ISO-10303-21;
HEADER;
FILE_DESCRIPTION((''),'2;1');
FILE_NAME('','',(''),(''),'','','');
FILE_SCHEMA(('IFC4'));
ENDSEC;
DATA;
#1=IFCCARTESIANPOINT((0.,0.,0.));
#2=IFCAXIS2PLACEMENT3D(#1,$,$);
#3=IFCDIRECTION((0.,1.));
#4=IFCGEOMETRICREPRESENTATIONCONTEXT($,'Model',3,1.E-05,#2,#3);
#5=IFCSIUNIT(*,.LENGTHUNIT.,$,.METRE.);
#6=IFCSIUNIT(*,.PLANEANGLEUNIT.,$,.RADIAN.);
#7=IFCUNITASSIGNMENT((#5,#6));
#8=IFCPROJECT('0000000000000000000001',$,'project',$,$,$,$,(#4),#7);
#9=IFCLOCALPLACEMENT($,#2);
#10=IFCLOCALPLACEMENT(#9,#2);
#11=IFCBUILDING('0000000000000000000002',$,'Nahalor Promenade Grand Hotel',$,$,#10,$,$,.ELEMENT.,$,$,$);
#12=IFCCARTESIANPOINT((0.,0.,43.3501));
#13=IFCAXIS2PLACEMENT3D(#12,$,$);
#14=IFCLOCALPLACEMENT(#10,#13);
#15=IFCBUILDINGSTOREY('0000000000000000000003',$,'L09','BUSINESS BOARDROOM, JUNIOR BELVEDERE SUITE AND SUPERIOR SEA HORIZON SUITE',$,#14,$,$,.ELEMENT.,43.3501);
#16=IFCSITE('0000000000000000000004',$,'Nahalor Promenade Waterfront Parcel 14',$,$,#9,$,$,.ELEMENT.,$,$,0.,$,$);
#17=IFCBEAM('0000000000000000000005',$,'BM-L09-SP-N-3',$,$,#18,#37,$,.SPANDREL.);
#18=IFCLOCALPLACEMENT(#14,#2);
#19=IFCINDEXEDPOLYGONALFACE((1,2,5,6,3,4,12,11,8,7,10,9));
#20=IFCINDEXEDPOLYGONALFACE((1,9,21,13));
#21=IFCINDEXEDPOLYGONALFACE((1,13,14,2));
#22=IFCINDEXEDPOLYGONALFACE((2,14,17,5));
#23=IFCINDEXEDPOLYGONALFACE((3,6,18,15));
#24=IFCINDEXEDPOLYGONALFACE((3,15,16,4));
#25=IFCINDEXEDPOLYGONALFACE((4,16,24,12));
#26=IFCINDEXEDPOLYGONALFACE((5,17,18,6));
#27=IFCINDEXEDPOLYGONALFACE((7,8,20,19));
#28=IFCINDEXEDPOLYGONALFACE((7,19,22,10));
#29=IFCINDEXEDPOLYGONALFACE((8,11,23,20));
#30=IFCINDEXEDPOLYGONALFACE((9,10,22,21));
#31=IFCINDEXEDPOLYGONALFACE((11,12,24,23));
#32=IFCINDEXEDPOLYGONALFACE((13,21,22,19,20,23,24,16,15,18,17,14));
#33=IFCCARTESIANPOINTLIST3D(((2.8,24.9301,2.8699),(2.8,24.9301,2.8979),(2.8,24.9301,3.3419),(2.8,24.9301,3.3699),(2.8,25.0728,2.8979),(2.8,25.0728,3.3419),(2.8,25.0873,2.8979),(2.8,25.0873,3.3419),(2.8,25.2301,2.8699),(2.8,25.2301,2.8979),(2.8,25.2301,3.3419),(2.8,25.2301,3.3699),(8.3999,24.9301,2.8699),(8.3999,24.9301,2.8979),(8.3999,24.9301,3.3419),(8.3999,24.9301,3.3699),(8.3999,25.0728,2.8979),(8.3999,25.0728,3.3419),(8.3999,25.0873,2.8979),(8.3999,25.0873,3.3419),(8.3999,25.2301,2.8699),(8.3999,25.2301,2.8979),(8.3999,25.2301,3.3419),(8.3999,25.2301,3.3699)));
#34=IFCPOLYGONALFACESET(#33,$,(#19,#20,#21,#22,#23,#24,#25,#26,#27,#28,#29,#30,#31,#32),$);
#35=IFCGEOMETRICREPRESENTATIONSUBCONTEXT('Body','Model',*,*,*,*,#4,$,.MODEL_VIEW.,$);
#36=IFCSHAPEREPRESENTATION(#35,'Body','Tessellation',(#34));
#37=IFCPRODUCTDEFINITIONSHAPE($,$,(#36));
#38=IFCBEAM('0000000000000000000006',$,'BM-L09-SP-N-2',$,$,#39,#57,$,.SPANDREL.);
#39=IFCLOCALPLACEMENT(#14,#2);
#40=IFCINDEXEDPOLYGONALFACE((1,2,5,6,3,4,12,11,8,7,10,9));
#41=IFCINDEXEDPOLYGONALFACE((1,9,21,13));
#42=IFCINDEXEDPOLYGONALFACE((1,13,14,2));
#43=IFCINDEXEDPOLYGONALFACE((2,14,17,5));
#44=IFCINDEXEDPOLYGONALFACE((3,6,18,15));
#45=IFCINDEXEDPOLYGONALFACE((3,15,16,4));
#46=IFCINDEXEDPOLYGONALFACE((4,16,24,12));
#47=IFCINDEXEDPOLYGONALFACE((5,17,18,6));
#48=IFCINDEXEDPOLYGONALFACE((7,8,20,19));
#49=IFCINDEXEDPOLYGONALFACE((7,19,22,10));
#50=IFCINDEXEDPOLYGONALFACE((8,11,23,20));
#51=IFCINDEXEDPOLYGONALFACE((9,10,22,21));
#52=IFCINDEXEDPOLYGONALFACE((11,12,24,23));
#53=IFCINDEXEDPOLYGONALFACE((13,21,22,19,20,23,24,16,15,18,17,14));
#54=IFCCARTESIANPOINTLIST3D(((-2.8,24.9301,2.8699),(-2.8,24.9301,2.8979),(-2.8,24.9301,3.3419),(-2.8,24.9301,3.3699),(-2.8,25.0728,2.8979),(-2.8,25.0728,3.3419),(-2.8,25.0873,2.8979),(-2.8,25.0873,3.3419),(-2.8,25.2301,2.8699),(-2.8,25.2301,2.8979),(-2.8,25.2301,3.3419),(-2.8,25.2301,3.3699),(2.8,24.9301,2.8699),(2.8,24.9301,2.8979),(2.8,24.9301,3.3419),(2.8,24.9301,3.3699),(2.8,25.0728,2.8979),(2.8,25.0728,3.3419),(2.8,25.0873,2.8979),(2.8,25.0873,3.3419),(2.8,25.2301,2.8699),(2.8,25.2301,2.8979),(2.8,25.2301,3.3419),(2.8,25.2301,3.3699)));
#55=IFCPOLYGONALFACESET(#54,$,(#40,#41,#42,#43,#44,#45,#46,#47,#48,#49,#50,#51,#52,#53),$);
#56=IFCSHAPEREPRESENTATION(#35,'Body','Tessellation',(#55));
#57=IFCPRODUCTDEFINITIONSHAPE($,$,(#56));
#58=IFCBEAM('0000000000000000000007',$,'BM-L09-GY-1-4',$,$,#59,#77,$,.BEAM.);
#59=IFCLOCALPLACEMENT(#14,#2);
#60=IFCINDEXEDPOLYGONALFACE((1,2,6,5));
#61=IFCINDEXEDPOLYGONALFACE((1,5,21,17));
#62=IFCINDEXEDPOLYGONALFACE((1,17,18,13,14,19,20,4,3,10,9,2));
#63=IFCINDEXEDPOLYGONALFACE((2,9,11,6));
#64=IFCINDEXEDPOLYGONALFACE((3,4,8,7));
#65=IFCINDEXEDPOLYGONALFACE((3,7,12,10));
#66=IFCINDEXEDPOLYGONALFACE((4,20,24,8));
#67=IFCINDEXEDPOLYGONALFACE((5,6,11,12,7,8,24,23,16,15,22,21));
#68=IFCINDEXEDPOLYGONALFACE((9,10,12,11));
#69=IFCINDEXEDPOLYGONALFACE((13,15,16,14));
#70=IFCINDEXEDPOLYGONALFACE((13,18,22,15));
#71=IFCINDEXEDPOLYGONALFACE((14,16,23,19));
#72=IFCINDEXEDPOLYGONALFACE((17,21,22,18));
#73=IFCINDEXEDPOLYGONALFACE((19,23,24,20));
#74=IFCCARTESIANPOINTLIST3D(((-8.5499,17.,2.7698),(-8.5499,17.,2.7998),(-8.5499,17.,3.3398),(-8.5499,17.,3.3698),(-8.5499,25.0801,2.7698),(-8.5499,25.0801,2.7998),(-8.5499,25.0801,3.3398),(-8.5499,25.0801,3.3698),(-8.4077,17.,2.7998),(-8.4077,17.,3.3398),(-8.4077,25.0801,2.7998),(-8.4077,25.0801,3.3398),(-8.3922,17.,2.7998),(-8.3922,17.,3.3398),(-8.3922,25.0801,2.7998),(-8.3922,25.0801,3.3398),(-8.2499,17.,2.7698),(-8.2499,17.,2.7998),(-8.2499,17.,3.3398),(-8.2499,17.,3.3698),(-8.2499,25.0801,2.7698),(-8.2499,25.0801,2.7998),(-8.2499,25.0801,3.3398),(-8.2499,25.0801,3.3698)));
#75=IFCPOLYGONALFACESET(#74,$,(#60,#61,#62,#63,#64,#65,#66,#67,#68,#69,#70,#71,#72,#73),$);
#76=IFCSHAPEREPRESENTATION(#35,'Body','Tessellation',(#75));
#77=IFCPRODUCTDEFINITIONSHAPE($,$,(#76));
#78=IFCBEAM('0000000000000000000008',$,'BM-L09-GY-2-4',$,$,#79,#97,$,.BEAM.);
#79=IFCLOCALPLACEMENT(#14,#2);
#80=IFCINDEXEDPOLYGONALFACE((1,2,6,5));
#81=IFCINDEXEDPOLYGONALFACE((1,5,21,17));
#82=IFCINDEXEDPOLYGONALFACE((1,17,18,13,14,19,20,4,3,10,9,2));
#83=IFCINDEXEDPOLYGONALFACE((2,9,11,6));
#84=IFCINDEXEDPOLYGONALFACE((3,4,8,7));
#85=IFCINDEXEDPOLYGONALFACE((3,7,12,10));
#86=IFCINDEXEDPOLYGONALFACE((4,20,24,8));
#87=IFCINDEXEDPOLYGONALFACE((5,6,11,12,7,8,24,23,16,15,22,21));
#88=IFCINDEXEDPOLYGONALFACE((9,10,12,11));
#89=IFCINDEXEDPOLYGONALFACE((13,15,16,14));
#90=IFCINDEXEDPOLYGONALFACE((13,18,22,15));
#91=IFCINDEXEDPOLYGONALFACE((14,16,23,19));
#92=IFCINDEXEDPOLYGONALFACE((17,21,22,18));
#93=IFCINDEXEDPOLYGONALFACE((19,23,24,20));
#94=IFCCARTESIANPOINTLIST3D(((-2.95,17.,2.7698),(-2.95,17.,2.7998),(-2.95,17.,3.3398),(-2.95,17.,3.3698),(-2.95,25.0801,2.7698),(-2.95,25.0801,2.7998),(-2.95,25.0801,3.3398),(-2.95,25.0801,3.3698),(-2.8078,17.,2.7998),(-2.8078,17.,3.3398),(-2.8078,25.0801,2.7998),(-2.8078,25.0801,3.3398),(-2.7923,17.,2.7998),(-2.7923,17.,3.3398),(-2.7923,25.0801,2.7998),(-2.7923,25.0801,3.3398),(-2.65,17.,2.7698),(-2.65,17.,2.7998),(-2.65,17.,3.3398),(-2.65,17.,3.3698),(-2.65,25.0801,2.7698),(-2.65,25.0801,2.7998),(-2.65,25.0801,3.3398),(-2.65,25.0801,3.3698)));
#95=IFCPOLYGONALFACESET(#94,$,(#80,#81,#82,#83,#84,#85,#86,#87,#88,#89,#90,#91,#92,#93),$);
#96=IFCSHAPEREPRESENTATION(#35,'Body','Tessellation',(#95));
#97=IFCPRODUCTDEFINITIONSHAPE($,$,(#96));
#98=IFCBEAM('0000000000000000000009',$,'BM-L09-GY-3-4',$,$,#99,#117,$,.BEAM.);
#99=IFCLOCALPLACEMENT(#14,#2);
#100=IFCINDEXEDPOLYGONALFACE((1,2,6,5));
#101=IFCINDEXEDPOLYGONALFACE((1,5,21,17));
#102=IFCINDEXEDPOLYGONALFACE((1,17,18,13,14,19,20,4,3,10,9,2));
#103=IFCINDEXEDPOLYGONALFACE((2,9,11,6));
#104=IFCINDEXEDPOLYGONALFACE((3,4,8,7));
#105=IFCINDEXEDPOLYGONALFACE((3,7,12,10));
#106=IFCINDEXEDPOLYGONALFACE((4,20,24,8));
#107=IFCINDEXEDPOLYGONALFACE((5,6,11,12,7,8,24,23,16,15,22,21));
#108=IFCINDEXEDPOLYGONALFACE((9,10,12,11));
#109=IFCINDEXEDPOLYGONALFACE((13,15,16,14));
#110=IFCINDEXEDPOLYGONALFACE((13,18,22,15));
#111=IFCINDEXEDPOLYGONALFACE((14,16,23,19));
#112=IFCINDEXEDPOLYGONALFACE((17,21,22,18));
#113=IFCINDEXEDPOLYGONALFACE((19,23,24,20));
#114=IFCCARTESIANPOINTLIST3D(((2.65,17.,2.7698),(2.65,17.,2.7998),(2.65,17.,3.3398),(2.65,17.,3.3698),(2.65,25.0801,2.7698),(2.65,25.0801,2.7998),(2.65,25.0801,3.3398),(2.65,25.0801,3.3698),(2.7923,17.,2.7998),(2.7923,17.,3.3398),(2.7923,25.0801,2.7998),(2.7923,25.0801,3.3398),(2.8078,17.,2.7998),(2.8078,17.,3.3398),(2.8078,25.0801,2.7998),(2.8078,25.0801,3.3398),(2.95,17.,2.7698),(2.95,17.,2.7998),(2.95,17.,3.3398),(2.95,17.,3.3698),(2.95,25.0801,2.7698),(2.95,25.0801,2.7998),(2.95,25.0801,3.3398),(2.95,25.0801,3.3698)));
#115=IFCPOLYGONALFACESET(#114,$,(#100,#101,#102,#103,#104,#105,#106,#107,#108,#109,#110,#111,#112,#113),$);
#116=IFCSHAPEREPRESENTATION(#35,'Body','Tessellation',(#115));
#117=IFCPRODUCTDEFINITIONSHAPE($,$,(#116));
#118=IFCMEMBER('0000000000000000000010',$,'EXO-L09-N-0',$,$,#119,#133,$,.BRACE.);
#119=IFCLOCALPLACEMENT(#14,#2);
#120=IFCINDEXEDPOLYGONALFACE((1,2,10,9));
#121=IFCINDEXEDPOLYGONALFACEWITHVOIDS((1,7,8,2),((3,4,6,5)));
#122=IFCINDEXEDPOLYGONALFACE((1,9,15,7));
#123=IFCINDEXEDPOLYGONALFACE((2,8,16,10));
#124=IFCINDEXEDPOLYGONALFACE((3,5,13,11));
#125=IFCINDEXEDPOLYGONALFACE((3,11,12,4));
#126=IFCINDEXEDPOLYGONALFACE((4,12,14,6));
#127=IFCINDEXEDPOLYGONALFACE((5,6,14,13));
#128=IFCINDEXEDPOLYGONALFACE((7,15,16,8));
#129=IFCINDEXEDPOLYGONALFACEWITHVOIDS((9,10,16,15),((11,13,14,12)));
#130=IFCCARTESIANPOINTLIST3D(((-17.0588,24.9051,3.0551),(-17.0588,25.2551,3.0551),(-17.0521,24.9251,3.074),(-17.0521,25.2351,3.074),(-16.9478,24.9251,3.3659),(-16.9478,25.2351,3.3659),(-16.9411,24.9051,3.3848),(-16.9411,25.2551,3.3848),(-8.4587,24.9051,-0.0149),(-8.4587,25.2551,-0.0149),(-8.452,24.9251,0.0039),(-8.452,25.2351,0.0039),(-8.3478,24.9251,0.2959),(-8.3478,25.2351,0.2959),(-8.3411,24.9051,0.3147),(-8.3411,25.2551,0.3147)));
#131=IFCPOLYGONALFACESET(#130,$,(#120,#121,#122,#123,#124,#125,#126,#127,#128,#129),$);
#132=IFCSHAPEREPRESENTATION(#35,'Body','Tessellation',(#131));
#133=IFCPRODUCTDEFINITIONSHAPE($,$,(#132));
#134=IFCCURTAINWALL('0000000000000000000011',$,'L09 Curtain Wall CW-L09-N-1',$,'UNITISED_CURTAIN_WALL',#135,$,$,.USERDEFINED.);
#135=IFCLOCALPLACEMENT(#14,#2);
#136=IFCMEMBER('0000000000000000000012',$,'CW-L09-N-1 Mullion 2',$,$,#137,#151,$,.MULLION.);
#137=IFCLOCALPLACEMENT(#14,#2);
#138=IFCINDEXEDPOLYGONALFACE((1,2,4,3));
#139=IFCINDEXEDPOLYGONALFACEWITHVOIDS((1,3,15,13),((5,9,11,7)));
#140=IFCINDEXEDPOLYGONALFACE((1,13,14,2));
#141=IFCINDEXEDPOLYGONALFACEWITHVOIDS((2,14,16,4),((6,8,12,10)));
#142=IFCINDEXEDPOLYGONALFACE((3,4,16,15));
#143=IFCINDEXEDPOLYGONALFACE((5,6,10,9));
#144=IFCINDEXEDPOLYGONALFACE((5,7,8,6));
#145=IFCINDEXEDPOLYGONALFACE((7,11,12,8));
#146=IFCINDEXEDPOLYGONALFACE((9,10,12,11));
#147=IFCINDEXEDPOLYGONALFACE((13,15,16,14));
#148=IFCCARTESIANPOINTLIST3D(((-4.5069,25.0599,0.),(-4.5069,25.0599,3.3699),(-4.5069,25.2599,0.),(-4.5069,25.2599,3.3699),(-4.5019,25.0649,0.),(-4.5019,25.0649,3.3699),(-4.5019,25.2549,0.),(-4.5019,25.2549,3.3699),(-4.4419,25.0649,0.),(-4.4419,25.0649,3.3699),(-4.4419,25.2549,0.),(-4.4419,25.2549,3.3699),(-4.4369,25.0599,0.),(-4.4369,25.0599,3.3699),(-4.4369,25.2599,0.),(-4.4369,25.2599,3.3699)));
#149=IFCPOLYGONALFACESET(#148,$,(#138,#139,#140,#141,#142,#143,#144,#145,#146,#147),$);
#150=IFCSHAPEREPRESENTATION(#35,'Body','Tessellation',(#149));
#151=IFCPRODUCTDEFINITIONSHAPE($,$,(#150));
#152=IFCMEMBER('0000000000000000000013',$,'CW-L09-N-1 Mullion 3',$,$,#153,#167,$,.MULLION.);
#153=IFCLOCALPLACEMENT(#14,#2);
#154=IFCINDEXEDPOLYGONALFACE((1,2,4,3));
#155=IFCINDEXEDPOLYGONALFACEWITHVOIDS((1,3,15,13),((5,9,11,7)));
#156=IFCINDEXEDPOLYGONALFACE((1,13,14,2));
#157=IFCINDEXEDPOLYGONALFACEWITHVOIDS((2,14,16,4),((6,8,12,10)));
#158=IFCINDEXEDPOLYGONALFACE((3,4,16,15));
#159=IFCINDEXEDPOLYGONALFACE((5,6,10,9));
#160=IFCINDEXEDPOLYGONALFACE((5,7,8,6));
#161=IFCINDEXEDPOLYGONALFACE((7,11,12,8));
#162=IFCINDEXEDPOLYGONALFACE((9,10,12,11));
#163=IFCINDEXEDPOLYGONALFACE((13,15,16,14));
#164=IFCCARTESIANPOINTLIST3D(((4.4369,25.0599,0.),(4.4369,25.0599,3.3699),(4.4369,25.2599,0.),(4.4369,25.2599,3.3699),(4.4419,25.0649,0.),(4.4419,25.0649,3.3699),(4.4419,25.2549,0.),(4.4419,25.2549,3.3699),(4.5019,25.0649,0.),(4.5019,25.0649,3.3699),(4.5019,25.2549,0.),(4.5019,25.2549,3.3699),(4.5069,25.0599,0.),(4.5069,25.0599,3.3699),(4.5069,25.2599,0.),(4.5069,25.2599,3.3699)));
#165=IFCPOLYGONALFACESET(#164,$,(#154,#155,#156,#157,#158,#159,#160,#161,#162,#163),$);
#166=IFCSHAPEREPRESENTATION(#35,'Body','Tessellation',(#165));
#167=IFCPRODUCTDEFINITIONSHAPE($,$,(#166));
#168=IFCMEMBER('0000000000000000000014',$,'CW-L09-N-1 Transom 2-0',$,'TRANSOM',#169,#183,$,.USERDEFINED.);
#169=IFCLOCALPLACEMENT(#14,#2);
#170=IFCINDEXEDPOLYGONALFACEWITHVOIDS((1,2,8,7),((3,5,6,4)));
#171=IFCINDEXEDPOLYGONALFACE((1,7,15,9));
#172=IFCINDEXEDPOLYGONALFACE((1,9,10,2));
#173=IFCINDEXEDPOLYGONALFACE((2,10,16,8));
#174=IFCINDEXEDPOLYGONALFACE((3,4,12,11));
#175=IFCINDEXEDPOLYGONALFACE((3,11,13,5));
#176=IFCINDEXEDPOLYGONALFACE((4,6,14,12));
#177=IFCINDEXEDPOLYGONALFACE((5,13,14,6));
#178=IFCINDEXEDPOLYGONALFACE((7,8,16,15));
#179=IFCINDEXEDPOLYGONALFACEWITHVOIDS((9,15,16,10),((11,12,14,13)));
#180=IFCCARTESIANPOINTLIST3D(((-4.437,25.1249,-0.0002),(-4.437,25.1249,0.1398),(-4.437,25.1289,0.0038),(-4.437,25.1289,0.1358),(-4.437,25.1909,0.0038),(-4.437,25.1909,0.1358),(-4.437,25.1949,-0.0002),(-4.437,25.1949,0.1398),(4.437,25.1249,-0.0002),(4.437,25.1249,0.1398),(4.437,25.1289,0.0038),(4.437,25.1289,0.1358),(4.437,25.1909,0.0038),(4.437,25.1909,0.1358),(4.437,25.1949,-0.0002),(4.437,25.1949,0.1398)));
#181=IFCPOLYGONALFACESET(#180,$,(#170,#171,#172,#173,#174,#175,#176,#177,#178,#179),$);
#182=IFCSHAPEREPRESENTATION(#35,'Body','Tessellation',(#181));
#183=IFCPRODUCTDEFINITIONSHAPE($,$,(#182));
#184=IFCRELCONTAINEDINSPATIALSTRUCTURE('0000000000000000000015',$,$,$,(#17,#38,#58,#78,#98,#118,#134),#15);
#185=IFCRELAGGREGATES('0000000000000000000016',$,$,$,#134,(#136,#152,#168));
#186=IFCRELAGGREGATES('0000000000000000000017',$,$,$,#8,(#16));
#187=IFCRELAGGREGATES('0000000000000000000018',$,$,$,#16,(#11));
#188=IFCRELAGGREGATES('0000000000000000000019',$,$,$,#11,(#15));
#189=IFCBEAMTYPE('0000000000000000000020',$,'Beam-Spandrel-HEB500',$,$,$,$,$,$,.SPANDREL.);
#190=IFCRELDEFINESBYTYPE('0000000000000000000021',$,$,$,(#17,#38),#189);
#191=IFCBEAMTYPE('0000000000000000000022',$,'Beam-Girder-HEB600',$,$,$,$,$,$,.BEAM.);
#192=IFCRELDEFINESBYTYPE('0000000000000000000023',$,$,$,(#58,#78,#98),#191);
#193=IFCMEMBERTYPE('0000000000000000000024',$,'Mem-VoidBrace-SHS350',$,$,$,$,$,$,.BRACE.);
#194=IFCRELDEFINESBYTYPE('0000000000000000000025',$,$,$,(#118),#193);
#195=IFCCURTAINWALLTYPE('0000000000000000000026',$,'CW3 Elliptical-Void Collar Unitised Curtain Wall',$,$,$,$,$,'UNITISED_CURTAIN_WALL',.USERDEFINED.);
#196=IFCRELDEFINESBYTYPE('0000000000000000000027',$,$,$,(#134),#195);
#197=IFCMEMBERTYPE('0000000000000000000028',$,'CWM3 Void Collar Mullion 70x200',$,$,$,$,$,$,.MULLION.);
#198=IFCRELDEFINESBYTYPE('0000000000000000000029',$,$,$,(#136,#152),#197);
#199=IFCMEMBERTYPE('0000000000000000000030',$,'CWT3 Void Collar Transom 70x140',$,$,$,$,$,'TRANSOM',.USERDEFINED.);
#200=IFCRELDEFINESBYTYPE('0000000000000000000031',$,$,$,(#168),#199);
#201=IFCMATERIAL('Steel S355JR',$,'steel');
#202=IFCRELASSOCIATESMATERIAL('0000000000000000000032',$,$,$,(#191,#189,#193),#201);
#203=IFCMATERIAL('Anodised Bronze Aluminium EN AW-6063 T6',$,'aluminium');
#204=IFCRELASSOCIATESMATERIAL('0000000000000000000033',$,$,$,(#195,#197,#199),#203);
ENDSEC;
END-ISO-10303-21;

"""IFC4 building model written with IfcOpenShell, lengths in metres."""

from ifc_helpers import new_model, si_unit, direction, frame, origin, origin_2d, place, context, subcontext, project, spatial, hollow_rectangle, i_section, extrude, source, transform, mapped, material, material_profile, profile_set, type_object, element, aggregate, save


model = new_model("IFC4")

# Units and contexts
model_context = context("Model", 3, precision=1e-05, world=origin(), true_north=direction((0.0, 1.0)))
body_context = subcontext(model_context, "Body", "Model", "MODEL_VIEW")
ifc_project = project(units=[si_unit("LENGTHUNIT", "METRE"), si_unit("PLANEANGLEUNIT", "RADIAN")], contexts=[model_context])

# Site, building, storey
site_placement = place(None, origin())
site = spatial("IfcSite", under=ifc_project, at=site_placement, Name="Nahalor Promenade Waterfront Parcel 14", CompositionType="ELEMENT", RefElevation=0.0)
building_placement = place(site_placement, origin())
building = spatial("IfcBuilding", under=site, at=building_placement, Name="Nahalor Promenade Grand Hotel", CompositionType="ELEMENT")
storey_placement = place(building_placement, frame((0.0, 0.0, 43.3501)))
storey = spatial("IfcBuildingStorey", under=building, at=storey_placement, Name="L09", Description="BUSINESS BOARDROOM, JUNIOR BELVEDERE SUITE AND SUPERIOR SEA HORIZON SUITE", CompositionType="ELEMENT", Elevation=43.3501)

# Beams
ifc_material_1 = material(Name="Steel S355JR", Category="steel")
ifc_material_profile_1 = material_profile(ifc_material_1, i_section(OverallWidth=0.3, OverallDepth=0.6, WebThickness=0.0155, FlangeThickness=0.03, at=origin_2d()), Name="HEB 600")
ifc_profile_set_1 = profile_set([ifc_material_profile_1], Name="Steel S355JR")
beam_type_1 = type_object("IfcBeamType", Name="Beam-Girder-HEB600", PredefinedType="BEAM", material=ifc_profile_set_1)
ifc_material_profile_2 = material_profile(ifc_material_1, i_section(OverallWidth=0.3, OverallDepth=0.5, WebThickness=0.0145, FlangeThickness=0.028, at=origin_2d()), Name="HEB 500")
ifc_profile_set_2 = profile_set([ifc_material_profile_2], Name="Steel S355JR")
beam_type_2 = type_object("IfcBeamType", Name="Beam-Spandrel-HEB500", PredefinedType="SPANDREL", material=ifc_profile_set_2)
shared_shape_1 = source(origin(), body_context, "Body", "SweptSolid", [
    extrude(i_section(OverallWidth=0.3, OverallDepth=0.5, WebThickness=0.0145, FlangeThickness=0.028, at=origin_2d()), origin(), (0.0, 0.0, 1.0), 5.5999),
])
for number, where, z_axis, x_axis, name in (
    (1, (2.8, 25.0801, 3.1199), (1.0, 0.0, 0.0), (0.0, 1.0, 0.0), "BM-L09-SP-N-3"),
):
    element("IfcBeam", number, at=place(storey_placement, frame(where, z_axis=z_axis, x_axis=x_axis)), inside=storey, type_object=beam_type_2, Name=name, PredefinedType="SPANDREL", context=body_context, shape_type="MappedRepresentation", body=[
        mapped(shared_shape_1, transform((0.0, 0.0, 0.0), scale=1.0)),
    ])
shared_shape_2 = source(origin(), body_context, "Body", "SweptSolid", [
    extrude(i_section(OverallWidth=0.3, OverallDepth=0.5, WebThickness=0.0145, FlangeThickness=0.028, at=origin_2d()), origin(), (0.0, 0.0, 1.0), 5.6001),
])
beam_1_placement = place(storey_placement, frame((-2.8, 25.0801, 3.1199), z_axis=(1.0, 0.0, 0.0), x_axis=(0.0, 1.0, 0.0)))
element("IfcBeam", 2, at=beam_1_placement, inside=storey, type_object=beam_type_2, Name="BM-L09-SP-N-2", PredefinedType="SPANDREL", context=body_context, shape_type="MappedRepresentation", body=[
    mapped(shared_shape_2, transform((0.0, 0.0, 0.0), scale=1.0)),
])
shared_shape_3 = source(origin(), body_context, "Body", "SweptSolid", [
    extrude(i_section(OverallWidth=0.3, OverallDepth=0.6, WebThickness=0.0155, FlangeThickness=0.03, at=origin_2d()), origin(), (0.0, 0.0, 1.0), 8.0801),
])
for number, where, z_axis, x_axis, name in (
    (3, (-8.3999, 17.0, 3.0698), (0.0, 1.0, 0.0), (-1.0, 0.0, 0.0), "BM-L09-GY-1-4"),
    (4, (-2.8, 17.0, 3.0698), (0.0, 1.0, 0.0), (-1.0, 0.0, 0.0), "BM-L09-GY-2-4"),
    (5, (2.8, 17.0, 3.0698), (0.0, 1.0, 0.0), (-1.0, 0.0, 0.0), "BM-L09-GY-3-4"),
):
    element("IfcBeam", number, at=place(storey_placement, frame(where, z_axis=z_axis, x_axis=x_axis)), inside=storey, type_object=beam_type_1, Name=name, PredefinedType="BEAM", context=body_context, shape_type="MappedRepresentation", body=[
        mapped(shared_shape_3, transform((0.0, 0.0, 0.0), scale=1.0)),
    ])

# Member
ifc_material_profile_3 = material_profile(ifc_material_1, hollow_rectangle(XDim=0.35, YDim=0.35, WallThickness=0.02, at=origin_2d()), Name="SHS 350x350x20")
ifc_profile_set_3 = profile_set([ifc_material_profile_3], Name="Steel S355JR")
member_type_1 = type_object("IfcMemberType", Name="Mem-VoidBrace-SHS350", PredefinedType="BRACE", material=ifc_profile_set_3)
shared_shape_4 = source(origin(), body_context, "Body", "SweptSolid", [
    extrude(hollow_rectangle(XDim=0.35, YDim=0.35, WallThickness=0.02, at=origin_2d()), origin(), (0.0, 0.0, 1.0), 9.1316),
])
member_1_placement = place(storey_placement, frame((-8.3999, 25.0801, 0.1499), z_axis=(-0.94179, 0.0, 0.336201), x_axis=(0.0, -1.0, 0.0)))
element("IfcMember", 6, at=member_1_placement, inside=storey, type_object=member_type_1, Name="EXO-L09-N-0", PredefinedType="BRACE", context=body_context, shape_type="MappedRepresentation", body=[
    mapped(shared_shape_4, transform((0.0, 0.0, 0.0), scale=1.0)),
])

# Curtain wall, members
ifc_material_2 = material(Name="Anodised Bronze Aluminium EN AW-6063 T6", Category="aluminium")
curtain_wall_type = type_object("IfcCurtainWallType", Name="CW3 Elliptical-Void Collar Unitised Curtain Wall", ElementType="UNITISED_CURTAIN_WALL", PredefinedType="USERDEFINED", material=ifc_material_2)
curtain_wall_placement = place(storey_placement, origin())
curtain_wall = element("IfcCurtainWall", 7, at=curtain_wall_placement, inside=storey, type_object=curtain_wall_type, Name="L09 Curtain Wall CW-L09-N-1", ObjectType="UNITISED_CURTAIN_WALL", PredefinedType="USERDEFINED")
ifc_material_profile_4 = material_profile(ifc_material_2, hollow_rectangle(XDim=0.07, YDim=0.2, WallThickness=0.005, at=origin_2d()), Name="CWM 70x200x5")
ifc_profile_set_4 = profile_set([ifc_material_profile_4], Name="Anodised Bronze Aluminium EN AW-6063 T6")
member_type_2 = type_object("IfcMemberType", Name="CWM3 Void Collar Mullion 70x200", PredefinedType="MULLION", material=ifc_profile_set_4)
shared_shape_5 = source(origin(), body_context, "Body", "SweptSolid", [
    extrude(hollow_rectangle(XDim=0.07, YDim=0.2, WallThickness=0.005, at=origin_2d()), origin(), (0.0, 0.0, 1.0), 3.3699),
])
member_2_placement = place(storey_placement, frame((-4.4719, 25.1599, 0.0), z_axis=(0.0, 0.0, 1.0), x_axis=(1.0, 0.0, 0.0)))
member_2 = element("IfcMember", 8, at=member_2_placement, type_object=member_type_2, Name="CW-L09-N-1 Mullion 2", PredefinedType="MULLION", context=body_context, shape_type="MappedRepresentation", body=[
    mapped(shared_shape_5, transform((0.0, 0.0, 0.0), scale=1.0)),
])
member_3_placement = place(storey_placement, frame((4.4719, 25.1599, 0.0), z_axis=(0.0, 0.0, 1.0), x_axis=(1.0, 0.0, 0.0)))
member_3 = element("IfcMember", 9, at=member_3_placement, type_object=member_type_2, Name="CW-L09-N-1 Mullion 3", PredefinedType="MULLION", context=body_context, shape_type="MappedRepresentation", body=[
    mapped(shared_shape_5, transform((0.0, 0.0, 0.0), scale=1.0)),
])
ifc_material_profile_5 = material_profile(ifc_material_2, hollow_rectangle(XDim=0.07, YDim=0.14, WallThickness=0.004, at=origin_2d()), Name="CWT 70x140x4")
ifc_profile_set_5 = profile_set([ifc_material_profile_5], Name="Anodised Bronze Aluminium EN AW-6063 T6")
member_type_3 = type_object("IfcMemberType", Name="CWT3 Void Collar Transom 70x140", ElementType="TRANSOM", PredefinedType="USERDEFINED", material=ifc_profile_set_5)
shared_shape_6 = source(origin(), body_context, "Body", "SweptSolid", [
    extrude(hollow_rectangle(XDim=0.07, YDim=0.14, WallThickness=0.004, at=origin_2d()), origin(), (0.0, 0.0, 1.0), 8.874),
])
member_4_placement = place(storey_placement, frame((-4.437, 25.1599, 0.0698), z_axis=(1.0, 0.0, 0.0), x_axis=(0.0, 1.0, 0.0)))
member_4 = element("IfcMember", 10, at=member_4_placement, type_object=member_type_3, Name="CW-L09-N-1 Transom 2-0", ObjectType="TRANSOM", PredefinedType="USERDEFINED", context=body_context, shape_type="MappedRepresentation", body=[
    mapped(shared_shape_6, transform((0.0, 0.0, 0.0), scale=1.0)),
])
aggregate(curtain_wall, [member_2, member_3, member_4])

save(model, "model.ifc")
